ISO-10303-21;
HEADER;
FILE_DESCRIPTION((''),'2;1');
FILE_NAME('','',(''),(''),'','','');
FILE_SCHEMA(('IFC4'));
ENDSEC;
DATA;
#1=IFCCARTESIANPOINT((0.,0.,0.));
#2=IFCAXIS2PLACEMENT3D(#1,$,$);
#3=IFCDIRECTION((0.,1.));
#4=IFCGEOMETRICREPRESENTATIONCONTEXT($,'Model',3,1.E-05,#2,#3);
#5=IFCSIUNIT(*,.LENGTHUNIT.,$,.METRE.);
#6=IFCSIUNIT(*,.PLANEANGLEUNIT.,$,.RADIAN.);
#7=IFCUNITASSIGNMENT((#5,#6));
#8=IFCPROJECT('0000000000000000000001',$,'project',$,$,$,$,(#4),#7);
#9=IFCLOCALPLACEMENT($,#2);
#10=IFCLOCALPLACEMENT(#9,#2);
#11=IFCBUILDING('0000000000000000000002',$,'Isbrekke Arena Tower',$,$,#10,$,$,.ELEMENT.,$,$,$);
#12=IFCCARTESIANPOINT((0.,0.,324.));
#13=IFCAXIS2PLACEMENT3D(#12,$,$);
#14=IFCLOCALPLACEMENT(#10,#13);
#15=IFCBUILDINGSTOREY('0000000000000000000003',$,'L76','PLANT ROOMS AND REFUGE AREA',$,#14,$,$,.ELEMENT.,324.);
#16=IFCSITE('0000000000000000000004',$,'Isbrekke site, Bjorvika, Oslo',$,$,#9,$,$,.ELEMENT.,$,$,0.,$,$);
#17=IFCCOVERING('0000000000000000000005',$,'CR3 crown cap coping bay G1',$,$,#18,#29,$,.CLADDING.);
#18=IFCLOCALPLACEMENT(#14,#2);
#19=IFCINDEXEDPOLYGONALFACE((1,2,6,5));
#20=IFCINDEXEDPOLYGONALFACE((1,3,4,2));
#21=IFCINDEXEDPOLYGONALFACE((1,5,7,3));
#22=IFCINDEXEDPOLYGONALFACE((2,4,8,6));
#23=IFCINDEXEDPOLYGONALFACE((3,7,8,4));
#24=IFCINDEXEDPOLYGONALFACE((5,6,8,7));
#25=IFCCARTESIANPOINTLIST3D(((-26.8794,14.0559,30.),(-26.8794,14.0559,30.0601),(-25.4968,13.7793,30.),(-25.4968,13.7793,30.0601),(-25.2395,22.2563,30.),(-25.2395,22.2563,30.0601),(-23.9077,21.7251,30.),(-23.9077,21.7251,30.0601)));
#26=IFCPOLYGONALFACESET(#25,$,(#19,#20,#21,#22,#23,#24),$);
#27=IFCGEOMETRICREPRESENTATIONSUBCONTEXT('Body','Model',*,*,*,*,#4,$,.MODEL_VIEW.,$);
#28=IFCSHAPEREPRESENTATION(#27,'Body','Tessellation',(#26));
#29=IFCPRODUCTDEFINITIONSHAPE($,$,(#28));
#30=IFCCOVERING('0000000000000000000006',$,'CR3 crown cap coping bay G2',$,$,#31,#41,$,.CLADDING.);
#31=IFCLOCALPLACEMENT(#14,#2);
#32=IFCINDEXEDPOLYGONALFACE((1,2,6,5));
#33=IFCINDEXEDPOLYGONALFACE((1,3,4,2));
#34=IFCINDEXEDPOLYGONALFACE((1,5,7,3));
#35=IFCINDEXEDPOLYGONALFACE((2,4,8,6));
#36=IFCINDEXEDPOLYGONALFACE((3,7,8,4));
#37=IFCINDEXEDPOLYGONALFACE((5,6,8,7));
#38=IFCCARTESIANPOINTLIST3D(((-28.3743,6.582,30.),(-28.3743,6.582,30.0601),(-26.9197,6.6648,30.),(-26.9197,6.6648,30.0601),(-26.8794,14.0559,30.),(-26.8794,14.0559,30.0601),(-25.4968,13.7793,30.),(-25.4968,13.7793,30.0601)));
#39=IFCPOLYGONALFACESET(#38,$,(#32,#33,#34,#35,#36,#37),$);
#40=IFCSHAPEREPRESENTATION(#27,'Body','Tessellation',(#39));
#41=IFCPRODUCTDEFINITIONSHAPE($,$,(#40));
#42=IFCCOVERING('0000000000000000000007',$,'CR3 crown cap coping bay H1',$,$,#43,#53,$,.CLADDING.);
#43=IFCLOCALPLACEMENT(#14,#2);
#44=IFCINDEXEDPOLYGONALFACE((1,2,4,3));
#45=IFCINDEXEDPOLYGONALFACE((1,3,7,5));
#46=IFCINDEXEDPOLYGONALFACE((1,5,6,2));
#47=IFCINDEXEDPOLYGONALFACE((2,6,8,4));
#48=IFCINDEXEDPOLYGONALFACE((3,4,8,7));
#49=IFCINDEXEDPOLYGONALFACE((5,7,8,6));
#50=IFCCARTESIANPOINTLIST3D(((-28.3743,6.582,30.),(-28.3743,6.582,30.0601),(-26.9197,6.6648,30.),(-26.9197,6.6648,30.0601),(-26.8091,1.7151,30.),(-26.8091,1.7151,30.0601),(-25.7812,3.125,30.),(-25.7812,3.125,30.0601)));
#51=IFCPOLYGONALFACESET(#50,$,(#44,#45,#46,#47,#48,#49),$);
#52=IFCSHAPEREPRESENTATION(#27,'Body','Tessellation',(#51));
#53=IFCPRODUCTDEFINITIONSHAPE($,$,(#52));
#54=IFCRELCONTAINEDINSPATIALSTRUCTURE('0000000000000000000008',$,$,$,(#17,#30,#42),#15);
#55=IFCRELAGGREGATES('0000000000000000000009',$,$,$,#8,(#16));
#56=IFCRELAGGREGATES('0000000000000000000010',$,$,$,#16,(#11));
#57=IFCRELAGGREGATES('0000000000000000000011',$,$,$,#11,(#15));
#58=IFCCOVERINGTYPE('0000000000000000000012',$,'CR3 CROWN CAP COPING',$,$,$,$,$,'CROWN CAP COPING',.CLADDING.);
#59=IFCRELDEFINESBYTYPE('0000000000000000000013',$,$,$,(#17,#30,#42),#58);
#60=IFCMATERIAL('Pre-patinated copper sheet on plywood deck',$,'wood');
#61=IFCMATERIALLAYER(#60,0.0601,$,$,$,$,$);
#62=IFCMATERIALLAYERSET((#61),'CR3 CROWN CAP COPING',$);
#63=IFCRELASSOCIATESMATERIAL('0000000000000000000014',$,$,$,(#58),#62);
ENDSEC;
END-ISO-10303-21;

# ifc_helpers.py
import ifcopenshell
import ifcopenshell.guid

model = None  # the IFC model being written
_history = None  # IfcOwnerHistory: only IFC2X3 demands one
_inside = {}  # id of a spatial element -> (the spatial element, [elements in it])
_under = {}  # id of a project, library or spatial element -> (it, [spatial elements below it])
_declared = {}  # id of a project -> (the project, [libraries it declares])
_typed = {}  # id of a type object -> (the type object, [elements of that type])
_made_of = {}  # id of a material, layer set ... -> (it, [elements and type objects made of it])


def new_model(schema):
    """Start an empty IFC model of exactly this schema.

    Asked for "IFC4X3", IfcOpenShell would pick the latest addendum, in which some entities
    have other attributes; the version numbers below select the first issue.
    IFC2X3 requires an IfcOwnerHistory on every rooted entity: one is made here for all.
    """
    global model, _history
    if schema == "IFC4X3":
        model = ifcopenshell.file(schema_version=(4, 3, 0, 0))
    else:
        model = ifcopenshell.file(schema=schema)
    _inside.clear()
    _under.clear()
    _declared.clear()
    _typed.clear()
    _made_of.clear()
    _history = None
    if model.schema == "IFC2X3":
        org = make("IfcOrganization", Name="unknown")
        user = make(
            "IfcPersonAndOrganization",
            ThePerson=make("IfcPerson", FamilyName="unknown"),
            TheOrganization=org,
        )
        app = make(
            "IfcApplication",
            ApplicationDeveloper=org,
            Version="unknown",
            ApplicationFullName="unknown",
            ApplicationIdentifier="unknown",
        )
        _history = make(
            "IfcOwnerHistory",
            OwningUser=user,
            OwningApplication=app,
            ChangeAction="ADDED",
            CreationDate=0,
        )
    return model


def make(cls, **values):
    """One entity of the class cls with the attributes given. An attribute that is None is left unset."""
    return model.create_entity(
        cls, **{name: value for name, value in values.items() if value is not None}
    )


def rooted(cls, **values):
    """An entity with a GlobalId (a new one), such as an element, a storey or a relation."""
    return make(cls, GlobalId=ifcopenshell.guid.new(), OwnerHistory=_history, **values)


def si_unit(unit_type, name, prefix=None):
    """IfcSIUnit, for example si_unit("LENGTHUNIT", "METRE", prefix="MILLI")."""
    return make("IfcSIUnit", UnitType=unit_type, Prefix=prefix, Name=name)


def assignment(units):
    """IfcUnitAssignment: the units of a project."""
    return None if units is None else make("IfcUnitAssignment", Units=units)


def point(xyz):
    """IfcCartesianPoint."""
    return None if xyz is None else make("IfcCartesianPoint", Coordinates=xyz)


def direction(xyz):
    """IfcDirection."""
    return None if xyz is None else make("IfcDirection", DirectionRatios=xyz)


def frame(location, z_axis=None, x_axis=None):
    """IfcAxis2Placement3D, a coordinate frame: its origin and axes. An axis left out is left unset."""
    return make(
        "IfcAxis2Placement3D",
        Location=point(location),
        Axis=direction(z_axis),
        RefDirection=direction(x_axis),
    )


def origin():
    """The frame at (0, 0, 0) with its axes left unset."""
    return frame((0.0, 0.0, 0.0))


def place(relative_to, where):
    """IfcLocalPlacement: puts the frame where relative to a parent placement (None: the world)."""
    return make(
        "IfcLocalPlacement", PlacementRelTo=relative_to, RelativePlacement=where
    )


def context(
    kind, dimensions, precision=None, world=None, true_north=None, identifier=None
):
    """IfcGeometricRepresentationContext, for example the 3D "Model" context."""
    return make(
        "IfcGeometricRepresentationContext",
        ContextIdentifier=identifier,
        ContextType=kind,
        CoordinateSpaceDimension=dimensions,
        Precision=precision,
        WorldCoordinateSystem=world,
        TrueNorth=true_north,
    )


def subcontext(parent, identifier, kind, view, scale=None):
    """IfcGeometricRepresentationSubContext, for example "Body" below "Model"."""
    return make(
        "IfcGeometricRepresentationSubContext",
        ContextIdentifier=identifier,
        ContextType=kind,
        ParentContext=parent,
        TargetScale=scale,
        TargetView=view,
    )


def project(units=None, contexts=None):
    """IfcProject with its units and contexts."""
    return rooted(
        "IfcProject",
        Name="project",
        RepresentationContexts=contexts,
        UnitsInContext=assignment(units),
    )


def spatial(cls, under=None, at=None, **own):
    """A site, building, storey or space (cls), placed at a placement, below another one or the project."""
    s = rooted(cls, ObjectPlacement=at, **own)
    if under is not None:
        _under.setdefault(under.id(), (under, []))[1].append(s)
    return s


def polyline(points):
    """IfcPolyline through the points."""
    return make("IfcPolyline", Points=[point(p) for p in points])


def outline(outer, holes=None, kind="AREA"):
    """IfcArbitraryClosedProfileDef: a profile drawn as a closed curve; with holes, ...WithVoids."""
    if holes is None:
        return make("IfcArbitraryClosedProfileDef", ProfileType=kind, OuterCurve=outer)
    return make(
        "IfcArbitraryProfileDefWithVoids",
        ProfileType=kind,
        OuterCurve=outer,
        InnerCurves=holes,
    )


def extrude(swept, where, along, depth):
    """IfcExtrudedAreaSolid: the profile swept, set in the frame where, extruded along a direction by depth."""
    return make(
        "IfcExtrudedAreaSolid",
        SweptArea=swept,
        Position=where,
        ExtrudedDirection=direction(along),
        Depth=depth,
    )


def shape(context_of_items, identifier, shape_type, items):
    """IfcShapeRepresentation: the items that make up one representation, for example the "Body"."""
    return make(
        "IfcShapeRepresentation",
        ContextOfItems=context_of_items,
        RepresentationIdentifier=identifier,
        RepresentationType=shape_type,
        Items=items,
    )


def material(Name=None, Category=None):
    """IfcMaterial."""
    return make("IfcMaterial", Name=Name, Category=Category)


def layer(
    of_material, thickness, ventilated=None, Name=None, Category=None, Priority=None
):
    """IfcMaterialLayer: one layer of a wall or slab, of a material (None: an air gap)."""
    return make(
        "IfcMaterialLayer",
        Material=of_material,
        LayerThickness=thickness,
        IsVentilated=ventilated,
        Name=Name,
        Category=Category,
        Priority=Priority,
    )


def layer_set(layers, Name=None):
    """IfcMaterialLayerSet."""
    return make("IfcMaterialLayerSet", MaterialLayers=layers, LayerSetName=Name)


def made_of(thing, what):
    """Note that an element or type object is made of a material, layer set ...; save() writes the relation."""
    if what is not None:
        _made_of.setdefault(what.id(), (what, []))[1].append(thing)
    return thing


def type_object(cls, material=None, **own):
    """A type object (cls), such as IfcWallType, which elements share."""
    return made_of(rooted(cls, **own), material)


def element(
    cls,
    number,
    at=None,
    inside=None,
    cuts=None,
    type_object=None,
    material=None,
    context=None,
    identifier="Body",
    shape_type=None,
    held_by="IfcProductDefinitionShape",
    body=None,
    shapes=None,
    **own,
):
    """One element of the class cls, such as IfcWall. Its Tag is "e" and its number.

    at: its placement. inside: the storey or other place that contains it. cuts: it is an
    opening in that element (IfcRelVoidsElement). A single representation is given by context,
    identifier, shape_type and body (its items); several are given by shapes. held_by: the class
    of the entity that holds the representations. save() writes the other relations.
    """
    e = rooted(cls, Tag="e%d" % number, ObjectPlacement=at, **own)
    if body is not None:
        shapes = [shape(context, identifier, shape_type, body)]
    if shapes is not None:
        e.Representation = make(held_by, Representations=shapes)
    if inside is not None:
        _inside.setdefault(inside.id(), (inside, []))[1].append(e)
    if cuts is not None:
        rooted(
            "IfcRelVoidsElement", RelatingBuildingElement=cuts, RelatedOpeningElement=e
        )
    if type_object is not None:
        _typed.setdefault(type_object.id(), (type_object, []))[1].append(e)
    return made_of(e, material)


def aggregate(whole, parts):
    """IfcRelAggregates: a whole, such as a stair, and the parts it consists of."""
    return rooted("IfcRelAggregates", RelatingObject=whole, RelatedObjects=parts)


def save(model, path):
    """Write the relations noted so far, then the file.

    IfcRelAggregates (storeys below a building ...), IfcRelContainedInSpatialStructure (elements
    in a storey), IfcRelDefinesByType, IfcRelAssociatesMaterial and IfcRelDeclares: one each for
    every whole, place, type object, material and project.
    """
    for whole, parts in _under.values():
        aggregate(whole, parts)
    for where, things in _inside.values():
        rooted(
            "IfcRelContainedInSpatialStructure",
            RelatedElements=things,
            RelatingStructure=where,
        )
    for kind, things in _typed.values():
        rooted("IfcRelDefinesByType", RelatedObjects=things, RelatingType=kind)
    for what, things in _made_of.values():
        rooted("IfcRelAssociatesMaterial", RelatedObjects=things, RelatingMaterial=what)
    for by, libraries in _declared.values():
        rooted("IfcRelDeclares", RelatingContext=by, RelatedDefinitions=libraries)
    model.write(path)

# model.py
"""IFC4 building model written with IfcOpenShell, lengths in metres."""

from ifc_helpers import new_model, si_unit, direction, frame, origin, place, context, subcontext, project, spatial, polyline, outline, extrude, material, layer, layer_set, type_object, element, save


model = new_model("IFC4")

# Units and contexts
model_context = context("Model", 3, precision=1e-05, world=origin(), true_north=direction((0.0, 1.0)))
body_context = subcontext(model_context, "Body", "Model", "MODEL_VIEW")
ifc_project = project(units=[si_unit("LENGTHUNIT", "METRE"), si_unit("PLANEANGLEUNIT", "RADIAN")], contexts=[model_context])

# Site, building, storey
site_placement = place(None, origin())
site = spatial("IfcSite", under=ifc_project, at=site_placement, Name="Isbrekke site, Bjorvika, Oslo", CompositionType="ELEMENT", RefElevation=0.0)
building_placement = place(site_placement, origin())
building = spatial("IfcBuilding", under=site, at=building_placement, Name="Isbrekke Arena Tower", CompositionType="ELEMENT")
storey_placement = place(building_placement, frame((0.0, 0.0, 324.0)))
storey = spatial("IfcBuildingStorey", under=building, at=storey_placement, Name="L76", Description="PLANT ROOMS AND REFUGE AREA", CompositionType="ELEMENT", Elevation=324.0)

# Coverings
ifc_material_1 = material(Name="Pre-patinated copper sheet on plywood deck", Category="wood")
ifc_layer = layer(ifc_material_1, 0.0601)
ifc_layer_set = layer_set([ifc_layer], Name="CR3 CROWN CAP COPING")
covering_type = type_object("IfcCoveringType", Name="CR3 CROWN CAP COPING", ElementType="CROWN CAP COPING", PredefinedType="CLADDING", material=ifc_layer_set)
covering_1_placement = place(storey_placement, frame((0.0, 0.0, 30.0)))
element("IfcCovering", 1, at=covering_1_placement, inside=storey, type_object=covering_type, Name="CR3 crown cap coping bay G1", PredefinedType="CLADDING", context=body_context, shape_type="SweptSolid", body=[
    extrude(outline(polyline([(-23.9077, 21.7251), (-25.4968, 13.7793), (-26.8794, 14.0559), (-25.2395, 22.2563), (-23.9077, 21.7251)])), origin(), (0.0, 0.0, 1.0), 0.0601),
])
covering_2_placement = place(storey_placement, frame((0.0, 0.0, 30.0)))
element("IfcCovering", 2, at=covering_2_placement, inside=storey, type_object=covering_type, Name="CR3 crown cap coping bay G2", PredefinedType="CLADDING", context=body_context, shape_type="SweptSolid", body=[
    extrude(outline(polyline([(-25.4968, 13.7793), (-26.9197, 6.6648), (-28.3743, 6.582), (-26.8794, 14.0559), (-25.4968, 13.7793)])), origin(), (0.0, 0.0, 1.0), 0.0601),
])
covering_3_placement = place(storey_placement, frame((0.0, 0.0, 30.0)))
element("IfcCovering", 3, at=covering_3_placement, inside=storey, type_object=covering_type, Name="CR3 crown cap coping bay H1", PredefinedType="CLADDING", context=body_context, shape_type="SweptSolid", body=[
    extrude(outline(polyline([(-26.9197, 6.6648), (-25.7812, 3.125), (-26.8091, 1.7151), (-28.3743, 6.582), (-26.9197, 6.6648)])), origin(), (0.0, 0.0, 1.0), 0.0601),
])

save(model, "model.ifc")
